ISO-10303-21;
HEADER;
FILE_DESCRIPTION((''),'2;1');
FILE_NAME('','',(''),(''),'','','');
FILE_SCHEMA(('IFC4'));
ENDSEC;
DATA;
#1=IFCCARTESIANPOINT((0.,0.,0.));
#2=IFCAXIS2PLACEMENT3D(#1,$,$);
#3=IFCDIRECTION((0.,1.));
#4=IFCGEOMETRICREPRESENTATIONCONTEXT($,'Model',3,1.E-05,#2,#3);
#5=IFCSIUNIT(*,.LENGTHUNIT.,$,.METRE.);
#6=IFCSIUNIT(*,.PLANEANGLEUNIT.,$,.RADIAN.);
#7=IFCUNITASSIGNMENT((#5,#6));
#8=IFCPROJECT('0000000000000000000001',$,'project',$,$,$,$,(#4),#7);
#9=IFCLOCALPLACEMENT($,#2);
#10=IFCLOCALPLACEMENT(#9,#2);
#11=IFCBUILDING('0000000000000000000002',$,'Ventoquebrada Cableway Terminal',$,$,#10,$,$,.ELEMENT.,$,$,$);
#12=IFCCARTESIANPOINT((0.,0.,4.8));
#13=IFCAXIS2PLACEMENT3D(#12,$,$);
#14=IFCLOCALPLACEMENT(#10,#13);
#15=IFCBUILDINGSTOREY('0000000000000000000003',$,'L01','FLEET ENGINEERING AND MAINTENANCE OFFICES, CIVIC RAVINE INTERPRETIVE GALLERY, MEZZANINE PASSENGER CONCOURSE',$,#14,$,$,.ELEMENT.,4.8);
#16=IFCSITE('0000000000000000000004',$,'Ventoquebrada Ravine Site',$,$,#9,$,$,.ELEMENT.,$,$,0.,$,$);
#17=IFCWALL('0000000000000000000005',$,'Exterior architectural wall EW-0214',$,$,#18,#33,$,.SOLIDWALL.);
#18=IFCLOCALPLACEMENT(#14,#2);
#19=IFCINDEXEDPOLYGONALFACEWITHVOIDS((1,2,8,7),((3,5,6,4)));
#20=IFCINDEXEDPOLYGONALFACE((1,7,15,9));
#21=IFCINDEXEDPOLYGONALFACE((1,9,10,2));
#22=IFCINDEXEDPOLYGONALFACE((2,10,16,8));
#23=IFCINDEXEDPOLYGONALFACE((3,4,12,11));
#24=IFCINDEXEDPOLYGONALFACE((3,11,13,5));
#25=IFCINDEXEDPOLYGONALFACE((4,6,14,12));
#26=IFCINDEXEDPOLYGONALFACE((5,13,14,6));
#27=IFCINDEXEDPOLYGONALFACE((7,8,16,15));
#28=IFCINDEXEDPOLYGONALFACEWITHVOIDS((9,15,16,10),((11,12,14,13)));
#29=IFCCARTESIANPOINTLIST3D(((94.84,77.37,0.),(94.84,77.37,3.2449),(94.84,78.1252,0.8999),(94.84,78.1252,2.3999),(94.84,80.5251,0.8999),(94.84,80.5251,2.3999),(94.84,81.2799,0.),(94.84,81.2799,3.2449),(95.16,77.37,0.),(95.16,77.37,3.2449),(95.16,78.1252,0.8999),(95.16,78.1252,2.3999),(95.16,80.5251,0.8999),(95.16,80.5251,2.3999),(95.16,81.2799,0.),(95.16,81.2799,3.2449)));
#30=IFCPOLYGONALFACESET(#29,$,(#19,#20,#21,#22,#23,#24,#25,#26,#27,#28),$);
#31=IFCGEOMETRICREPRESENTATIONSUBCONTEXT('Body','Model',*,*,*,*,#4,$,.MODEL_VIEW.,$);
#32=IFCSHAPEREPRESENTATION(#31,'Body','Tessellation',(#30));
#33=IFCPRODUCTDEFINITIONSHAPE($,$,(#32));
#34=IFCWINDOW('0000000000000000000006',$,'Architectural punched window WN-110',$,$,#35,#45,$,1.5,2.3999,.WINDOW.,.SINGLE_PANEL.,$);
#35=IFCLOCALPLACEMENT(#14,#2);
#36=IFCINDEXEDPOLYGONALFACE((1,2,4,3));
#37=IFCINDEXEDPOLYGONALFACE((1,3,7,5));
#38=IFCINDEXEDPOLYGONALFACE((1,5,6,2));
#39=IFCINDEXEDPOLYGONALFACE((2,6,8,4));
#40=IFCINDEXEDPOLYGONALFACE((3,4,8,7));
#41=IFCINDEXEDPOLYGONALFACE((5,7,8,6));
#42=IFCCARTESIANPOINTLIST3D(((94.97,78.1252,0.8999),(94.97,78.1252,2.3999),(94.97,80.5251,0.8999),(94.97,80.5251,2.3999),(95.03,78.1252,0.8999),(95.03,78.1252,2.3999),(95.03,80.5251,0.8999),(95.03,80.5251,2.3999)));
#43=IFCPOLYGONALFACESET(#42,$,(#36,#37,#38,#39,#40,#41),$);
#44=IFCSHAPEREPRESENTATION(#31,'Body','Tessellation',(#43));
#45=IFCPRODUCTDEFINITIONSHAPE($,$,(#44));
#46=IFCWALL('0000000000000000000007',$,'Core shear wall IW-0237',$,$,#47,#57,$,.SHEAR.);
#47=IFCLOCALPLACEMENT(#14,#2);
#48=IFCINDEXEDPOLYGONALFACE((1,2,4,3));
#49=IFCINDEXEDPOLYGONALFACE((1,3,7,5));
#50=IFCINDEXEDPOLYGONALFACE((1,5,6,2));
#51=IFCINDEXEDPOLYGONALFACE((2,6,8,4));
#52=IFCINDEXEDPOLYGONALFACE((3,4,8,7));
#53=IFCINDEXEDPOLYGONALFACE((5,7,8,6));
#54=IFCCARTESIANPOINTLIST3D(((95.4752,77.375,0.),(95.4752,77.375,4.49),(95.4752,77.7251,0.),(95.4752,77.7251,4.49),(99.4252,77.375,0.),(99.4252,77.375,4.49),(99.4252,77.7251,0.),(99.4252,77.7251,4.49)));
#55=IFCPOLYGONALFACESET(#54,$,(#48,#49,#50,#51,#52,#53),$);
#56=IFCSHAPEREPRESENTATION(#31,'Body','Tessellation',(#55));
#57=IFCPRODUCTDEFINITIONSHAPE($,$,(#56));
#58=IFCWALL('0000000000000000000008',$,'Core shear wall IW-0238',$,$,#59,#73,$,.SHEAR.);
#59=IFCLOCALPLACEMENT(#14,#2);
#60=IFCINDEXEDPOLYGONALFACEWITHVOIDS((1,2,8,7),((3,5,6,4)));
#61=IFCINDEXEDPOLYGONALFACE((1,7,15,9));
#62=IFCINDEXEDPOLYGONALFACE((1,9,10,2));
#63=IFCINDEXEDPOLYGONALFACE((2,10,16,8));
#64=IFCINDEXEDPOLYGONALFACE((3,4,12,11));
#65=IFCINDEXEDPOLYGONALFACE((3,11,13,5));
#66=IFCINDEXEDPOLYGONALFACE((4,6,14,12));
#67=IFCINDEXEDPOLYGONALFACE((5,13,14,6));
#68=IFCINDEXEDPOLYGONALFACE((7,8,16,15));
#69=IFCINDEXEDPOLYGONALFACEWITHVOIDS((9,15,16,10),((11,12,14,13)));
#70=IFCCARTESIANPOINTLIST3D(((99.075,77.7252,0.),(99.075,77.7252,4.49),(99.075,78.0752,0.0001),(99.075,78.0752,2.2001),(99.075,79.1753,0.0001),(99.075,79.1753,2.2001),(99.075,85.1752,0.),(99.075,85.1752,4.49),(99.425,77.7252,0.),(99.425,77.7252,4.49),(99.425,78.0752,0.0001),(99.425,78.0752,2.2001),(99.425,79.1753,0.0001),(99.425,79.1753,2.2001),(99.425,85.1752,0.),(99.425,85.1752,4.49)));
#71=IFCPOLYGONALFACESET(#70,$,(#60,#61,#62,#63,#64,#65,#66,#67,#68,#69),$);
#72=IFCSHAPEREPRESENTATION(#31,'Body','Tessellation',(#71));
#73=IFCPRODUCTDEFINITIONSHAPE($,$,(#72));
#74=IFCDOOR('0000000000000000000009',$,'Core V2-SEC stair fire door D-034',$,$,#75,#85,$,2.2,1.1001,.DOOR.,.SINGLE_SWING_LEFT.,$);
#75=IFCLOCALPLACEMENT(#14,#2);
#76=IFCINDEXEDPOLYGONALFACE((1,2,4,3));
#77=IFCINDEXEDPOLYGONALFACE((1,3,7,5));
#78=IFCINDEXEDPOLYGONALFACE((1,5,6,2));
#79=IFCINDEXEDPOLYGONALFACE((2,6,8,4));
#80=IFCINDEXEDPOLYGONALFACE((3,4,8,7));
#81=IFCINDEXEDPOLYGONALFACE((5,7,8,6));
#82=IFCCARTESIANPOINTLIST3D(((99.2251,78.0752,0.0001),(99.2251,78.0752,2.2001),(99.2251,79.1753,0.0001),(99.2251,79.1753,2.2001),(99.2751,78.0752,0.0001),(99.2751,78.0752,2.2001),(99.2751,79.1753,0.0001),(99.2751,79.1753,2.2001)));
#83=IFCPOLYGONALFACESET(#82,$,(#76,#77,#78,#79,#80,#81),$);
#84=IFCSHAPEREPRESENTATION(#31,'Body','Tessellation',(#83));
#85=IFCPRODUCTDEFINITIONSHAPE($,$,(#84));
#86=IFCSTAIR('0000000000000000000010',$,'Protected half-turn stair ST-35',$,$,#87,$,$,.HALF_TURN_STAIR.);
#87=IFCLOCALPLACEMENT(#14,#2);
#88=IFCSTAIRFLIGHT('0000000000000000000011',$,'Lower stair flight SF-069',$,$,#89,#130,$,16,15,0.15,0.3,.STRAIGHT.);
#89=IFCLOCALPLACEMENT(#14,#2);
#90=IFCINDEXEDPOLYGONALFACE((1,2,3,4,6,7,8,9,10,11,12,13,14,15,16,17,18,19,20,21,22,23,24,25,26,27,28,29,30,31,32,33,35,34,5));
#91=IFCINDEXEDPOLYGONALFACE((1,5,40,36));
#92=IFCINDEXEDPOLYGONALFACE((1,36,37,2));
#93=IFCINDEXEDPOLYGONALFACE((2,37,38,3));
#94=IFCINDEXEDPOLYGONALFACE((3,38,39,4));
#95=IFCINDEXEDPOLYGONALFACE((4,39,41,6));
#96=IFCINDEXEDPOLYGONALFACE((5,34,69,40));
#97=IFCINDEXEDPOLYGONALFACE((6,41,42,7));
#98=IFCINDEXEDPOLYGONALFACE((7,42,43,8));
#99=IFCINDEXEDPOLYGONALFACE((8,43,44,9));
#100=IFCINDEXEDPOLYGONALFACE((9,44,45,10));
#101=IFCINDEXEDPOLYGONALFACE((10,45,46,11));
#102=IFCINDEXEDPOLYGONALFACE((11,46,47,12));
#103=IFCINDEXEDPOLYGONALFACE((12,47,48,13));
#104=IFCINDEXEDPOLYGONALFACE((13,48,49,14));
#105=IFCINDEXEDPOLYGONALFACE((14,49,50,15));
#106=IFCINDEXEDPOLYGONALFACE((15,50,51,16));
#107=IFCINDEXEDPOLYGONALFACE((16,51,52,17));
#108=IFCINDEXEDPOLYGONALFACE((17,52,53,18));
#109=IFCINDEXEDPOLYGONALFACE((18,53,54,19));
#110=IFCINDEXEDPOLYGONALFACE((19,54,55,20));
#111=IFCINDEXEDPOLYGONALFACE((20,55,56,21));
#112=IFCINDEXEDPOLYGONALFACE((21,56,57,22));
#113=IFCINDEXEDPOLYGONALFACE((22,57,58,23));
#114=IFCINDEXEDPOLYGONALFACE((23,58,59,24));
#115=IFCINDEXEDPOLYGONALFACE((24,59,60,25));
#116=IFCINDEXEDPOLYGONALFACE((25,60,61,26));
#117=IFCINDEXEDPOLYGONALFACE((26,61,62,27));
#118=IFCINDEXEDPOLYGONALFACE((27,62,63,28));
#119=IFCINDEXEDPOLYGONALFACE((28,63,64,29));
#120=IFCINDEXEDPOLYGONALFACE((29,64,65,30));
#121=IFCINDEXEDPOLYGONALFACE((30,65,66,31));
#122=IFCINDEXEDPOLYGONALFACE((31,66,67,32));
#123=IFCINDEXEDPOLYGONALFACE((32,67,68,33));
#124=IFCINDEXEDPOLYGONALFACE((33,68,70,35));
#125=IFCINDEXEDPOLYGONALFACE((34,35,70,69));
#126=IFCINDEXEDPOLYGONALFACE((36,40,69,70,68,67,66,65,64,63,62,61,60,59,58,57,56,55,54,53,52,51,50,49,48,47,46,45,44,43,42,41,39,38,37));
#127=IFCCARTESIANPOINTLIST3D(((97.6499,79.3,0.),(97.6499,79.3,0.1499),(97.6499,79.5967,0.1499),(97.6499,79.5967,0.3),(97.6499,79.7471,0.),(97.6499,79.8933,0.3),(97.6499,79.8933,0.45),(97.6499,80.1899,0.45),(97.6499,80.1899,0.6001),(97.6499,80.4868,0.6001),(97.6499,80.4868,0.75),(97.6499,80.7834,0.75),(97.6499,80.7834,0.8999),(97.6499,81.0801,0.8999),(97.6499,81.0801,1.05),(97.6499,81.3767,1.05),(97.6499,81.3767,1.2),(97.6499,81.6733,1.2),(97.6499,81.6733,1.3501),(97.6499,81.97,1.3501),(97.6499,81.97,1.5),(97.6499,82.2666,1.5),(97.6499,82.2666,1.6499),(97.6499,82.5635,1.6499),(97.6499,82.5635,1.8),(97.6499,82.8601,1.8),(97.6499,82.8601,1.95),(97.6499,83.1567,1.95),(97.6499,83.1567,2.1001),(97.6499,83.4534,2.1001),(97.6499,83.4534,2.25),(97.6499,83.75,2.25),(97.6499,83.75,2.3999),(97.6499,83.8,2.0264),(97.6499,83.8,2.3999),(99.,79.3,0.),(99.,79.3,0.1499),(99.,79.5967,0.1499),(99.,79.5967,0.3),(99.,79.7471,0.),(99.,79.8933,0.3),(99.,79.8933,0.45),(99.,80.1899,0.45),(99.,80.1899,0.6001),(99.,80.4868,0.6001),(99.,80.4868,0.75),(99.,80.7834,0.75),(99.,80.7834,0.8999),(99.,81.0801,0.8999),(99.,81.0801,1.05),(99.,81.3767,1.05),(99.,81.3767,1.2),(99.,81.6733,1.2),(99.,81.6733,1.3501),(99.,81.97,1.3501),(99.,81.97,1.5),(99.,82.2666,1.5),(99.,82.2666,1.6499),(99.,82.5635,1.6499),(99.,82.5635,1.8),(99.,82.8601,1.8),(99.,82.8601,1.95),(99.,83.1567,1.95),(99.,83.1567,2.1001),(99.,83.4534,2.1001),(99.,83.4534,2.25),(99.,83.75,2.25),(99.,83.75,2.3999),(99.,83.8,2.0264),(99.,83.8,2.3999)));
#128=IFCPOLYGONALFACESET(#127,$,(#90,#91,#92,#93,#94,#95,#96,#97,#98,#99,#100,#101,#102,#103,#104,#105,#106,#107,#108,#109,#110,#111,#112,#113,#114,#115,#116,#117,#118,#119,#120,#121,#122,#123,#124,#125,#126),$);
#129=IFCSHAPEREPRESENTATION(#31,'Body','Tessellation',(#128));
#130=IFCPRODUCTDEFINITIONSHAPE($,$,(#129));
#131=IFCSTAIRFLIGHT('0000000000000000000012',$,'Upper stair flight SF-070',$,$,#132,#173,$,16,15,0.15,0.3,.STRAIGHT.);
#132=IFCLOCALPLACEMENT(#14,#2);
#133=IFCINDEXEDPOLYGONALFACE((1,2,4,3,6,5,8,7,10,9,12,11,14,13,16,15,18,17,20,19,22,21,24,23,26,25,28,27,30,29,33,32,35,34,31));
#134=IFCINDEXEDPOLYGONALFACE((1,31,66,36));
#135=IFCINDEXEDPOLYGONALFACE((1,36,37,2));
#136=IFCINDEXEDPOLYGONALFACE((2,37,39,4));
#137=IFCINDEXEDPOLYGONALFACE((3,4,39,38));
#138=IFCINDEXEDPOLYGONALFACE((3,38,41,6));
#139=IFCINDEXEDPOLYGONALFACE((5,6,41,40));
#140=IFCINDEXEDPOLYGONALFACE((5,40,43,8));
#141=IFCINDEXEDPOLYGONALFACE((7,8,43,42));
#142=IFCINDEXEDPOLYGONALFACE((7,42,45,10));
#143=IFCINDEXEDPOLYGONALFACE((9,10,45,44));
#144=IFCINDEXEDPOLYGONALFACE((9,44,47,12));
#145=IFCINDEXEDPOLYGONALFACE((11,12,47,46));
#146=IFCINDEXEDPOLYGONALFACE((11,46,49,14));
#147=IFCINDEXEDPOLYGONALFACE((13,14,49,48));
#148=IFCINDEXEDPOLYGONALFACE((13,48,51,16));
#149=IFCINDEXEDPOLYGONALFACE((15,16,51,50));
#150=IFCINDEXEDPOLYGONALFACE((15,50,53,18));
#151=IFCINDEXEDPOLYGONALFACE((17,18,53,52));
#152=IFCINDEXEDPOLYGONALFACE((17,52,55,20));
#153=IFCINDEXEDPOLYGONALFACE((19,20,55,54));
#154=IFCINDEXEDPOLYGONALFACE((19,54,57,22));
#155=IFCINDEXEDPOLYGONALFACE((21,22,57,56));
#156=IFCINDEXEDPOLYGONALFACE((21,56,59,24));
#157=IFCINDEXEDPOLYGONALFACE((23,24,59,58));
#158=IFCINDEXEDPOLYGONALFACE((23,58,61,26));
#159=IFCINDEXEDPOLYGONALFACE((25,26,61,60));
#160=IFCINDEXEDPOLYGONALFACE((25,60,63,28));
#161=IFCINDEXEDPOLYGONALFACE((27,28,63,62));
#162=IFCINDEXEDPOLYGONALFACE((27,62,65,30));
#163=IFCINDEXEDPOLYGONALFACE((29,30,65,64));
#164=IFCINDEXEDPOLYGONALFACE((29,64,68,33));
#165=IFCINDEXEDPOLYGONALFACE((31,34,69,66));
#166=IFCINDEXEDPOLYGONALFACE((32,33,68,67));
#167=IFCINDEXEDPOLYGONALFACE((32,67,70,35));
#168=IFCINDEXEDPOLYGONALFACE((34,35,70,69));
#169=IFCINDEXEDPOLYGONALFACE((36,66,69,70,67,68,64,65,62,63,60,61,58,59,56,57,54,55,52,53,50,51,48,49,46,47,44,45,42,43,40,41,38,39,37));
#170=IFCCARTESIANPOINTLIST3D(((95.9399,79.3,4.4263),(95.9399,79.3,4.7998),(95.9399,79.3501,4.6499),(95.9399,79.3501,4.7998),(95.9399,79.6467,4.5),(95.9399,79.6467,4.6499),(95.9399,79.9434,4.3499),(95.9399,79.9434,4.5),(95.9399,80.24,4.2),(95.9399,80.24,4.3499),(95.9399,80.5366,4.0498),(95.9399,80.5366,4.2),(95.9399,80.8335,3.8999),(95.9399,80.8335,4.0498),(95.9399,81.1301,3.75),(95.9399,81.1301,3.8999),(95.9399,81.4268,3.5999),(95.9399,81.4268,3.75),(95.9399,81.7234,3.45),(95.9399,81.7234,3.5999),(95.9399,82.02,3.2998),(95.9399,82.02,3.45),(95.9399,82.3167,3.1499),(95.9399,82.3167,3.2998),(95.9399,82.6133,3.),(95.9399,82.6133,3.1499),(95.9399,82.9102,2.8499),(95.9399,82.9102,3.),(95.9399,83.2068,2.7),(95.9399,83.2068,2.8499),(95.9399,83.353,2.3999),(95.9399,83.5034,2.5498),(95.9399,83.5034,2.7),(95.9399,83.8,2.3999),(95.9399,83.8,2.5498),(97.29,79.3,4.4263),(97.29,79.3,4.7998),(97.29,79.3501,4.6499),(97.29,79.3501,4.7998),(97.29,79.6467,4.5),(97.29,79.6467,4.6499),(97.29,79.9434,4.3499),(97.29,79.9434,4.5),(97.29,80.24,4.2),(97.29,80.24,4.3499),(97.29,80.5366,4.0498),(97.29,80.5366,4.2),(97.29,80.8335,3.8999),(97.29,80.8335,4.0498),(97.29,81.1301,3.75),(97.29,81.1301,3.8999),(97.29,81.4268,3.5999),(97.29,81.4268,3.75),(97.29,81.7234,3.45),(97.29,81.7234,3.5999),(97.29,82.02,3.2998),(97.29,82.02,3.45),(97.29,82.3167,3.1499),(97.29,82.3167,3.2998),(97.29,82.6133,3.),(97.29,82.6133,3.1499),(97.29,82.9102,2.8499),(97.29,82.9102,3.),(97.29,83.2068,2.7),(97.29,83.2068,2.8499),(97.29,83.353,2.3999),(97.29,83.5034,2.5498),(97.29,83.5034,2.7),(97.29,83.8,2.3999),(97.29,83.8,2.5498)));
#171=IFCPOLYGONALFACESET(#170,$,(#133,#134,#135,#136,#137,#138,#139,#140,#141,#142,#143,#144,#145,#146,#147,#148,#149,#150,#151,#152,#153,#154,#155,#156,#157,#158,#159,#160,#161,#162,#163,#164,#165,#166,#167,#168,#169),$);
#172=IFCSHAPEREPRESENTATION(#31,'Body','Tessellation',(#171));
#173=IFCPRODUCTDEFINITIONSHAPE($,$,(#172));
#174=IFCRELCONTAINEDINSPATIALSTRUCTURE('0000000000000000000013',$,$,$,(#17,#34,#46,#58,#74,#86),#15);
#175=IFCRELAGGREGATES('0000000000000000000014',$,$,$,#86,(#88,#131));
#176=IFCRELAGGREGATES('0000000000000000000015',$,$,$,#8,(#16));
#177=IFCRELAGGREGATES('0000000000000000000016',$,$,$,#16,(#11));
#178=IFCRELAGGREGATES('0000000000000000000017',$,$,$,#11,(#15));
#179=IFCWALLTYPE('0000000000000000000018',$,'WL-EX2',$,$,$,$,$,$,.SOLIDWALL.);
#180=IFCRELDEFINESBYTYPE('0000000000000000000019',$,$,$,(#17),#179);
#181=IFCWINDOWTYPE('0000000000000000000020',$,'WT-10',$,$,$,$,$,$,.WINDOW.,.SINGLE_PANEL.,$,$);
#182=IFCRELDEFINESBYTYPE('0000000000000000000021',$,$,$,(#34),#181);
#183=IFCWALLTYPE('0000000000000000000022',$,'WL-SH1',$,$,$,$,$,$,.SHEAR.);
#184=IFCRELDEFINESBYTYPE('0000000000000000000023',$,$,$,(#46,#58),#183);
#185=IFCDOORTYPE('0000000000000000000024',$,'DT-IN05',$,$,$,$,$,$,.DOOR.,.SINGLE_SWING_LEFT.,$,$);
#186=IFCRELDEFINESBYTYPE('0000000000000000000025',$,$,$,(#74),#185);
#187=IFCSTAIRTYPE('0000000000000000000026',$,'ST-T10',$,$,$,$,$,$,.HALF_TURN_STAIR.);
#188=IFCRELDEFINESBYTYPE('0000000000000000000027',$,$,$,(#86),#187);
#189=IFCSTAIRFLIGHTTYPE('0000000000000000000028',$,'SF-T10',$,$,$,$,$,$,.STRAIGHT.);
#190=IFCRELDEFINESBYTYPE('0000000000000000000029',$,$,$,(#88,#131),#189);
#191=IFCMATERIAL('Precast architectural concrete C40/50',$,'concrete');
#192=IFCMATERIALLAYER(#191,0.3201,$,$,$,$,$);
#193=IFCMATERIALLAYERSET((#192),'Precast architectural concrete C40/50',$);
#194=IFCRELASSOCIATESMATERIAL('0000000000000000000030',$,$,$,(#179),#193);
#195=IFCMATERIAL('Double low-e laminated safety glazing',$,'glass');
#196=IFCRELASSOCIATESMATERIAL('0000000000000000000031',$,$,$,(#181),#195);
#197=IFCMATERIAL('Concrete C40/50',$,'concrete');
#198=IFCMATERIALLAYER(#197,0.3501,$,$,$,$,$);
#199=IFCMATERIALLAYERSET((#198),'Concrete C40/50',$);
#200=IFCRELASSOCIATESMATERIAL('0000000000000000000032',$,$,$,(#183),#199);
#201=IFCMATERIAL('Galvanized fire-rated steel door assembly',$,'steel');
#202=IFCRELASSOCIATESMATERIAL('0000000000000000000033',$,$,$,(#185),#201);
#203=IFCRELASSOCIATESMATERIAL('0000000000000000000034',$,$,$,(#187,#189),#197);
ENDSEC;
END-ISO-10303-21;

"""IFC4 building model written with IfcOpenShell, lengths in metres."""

from ifc_helpers import new_model, si_unit, direction, frame, frame_2d, origin, place, context, subcontext, project, spatial, polyline, rectangle, outline, extrude, material, layer, layer_set, type_object, element, fill, aggregate, save


model = new_model("IFC4")

# Units and contexts
model_context = context("Model", 3, precision=1e-05, world=origin(), true_north=direction((0.0, 1.0)))
body_context = subcontext(model_context, "Body", "Model", "MODEL_VIEW")
ifc_project = project(units=[si_unit("LENGTHUNIT", "METRE"), si_unit("PLANEANGLEUNIT", "RADIAN")], contexts=[model_context])

# Site, building, storey
site_placement = place(None, origin())
site = spatial("IfcSite", under=ifc_project, at=site_placement, Name="Ventoquebrada Ravine Site", CompositionType="ELEMENT", RefElevation=0.0)
building_placement = place(site_placement, origin())
building = spatial("IfcBuilding", under=site, at=building_placement, Name="Ventoquebrada Cableway Terminal", CompositionType="ELEMENT")
storey_placement = place(building_placement, frame((0.0, 0.0, 4.8)))
storey = spatial("IfcBuildingStorey", under=building, at=storey_placement, Name="L01", Description="FLEET ENGINEERING AND MAINTENANCE OFFICES, CIVIC RAVINE INTERPRETIVE GALLERY, MEZZANINE PASSENGER CONCOURSE", CompositionType="ELEMENT", Elevation=4.8)

# Shared definitions
ifc_material_1 = material(Name="Concrete C40/50", Category="concrete")

# Wall, opening, window
ifc_material_2 = material(Name="Precast architectural concrete C40/50", Category="concrete")
ifc_material_3 = material(Name="Double low-e laminated safety glazing", Category="glass")
ifc_layer_1 = layer(ifc_material_2, 0.3201)
ifc_layer_set_1 = layer_set([ifc_layer_1], Name="Precast architectural concrete C40/50")
wall_type_1 = type_object("IfcWallType", Name="WL-EX2", PredefinedType="SOLIDWALL", material=ifc_layer_set_1)
wall_1_placement = place(storey_placement, frame((95.0, 81.28, 0.0), z_axis=(0.0, 0.0, 1.0), x_axis=(0.0, -1.0, 0.0)))
wall_1 = element("IfcWall", 1, at=wall_1_placement, inside=storey, type_object=wall_type_1, Name="Exterior architectural wall EW-0214", PredefinedType="SOLIDWALL", context=body_context, shape_type="SweptSolid", body=[
    extrude(rectangle(XDim=3.9099, YDim=0.3201, at=frame_2d((1.9551, 0.0))), origin(), (0.0, 0.0, 1.0), 3.2449),
])
opening_1_placement = place(wall_1_placement, frame((0.7549, 0.0, 0.8999)))
opening_1 = element("IfcOpeningElement", 2, at=opening_1_placement, cuts=wall_1, PredefinedType="OPENING", context=body_context, shape_type="SweptSolid", body=[
    extrude(rectangle(XDim=2.3999, YDim=1.5, at=frame_2d((1.2, 0.75))), frame((0.0, 0.1699, 0.0), z_axis=(0.0, -1.0, 0.0), x_axis=(1.0, 0.0, 0.0)), (0.0, 0.0, 1.0), 0.3401),
])
window_type_1 = type_object("IfcWindowType", Name="WT-10", PartitioningType="SINGLE_PANEL", PredefinedType="WINDOW", material=ifc_material_3)
window_1_placement = place(opening_1_placement, origin())
window_1 = element("IfcWindow", 3, at=window_1_placement, inside=storey, type_object=window_type_1, Name="Architectural punched window WN-110", OverallHeight=1.5, OverallWidth=2.3999, PartitioningType="SINGLE_PANEL", PredefinedType="WINDOW", context=body_context, shape_type="SweptSolid", body=[
    extrude(rectangle(XDim=2.3999, YDim=1.5, at=frame_2d((1.2, 0.75))), frame((0.0, 0.03, 0.0), z_axis=(0.0, -1.0, 0.0), x_axis=(1.0, 0.0, 0.0)), (0.0, 0.0, 1.0), 0.0601),
])
fill(opening_1, window_1)

# Wall
ifc_layer_2 = layer(ifc_material_1, 0.3501)
ifc_layer_set_2 = layer_set([ifc_layer_2], Name="Concrete C40/50")
wall_type_2 = type_object("IfcWallType", Name="WL-SH1", PredefinedType="SHEAR", material=ifc_layer_set_2)
wall_2_placement = place(storey_placement, frame((95.4751, 77.55, 0.0), z_axis=(0.0, 0.0, 1.0), x_axis=(1.0, 0.0, 0.0)))
element("IfcWall", 4, at=wall_2_placement, inside=storey, type_object=wall_type_2, Name="Core shear wall IW-0237", PredefinedType="SHEAR", context=body_context, shape_type="SweptSolid", body=[
    extrude(rectangle(XDim=3.95, YDim=0.3501, at=frame_2d((1.9751, 0.0))), origin(), (0.0, 0.0, 1.0), 4.49),
])

# Wall, opening, door
wall_3_placement = place(storey_placement, frame((99.25, 77.7251, 0.0), z_axis=(0.0, 0.0, 1.0), x_axis=(0.0, 1.0, 0.0)))
wall_3 = element("IfcWall", 5, at=wall_3_placement, inside=storey, type_object=wall_type_2, Name="Core shear wall IW-0238", PredefinedType="SHEAR", context=body_context, shape_type="SweptSolid", body=[
    extrude(rectangle(XDim=7.45, YDim=0.3501, at=frame_2d((3.7251, 0.0))), origin(), (0.0, 0.0, 1.0), 4.49),
])
opening_2_placement = place(wall_3_placement, frame((0.3501, 0.0, 0.0)))
opening_2 = element("IfcOpeningElement", 6, at=opening_2_placement, cuts=wall_3, PredefinedType="OPENING", context=body_context, shape_type="SweptSolid", body=[
    extrude(rectangle(XDim=1.1001, YDim=2.2, at=frame_2d((0.55, 1.1001))), frame((0.0, 0.1851, 0.0), z_axis=(0.0, -1.0, 0.0), x_axis=(1.0, 0.0, 0.0)), (0.0, 0.0, 1.0), 0.3701),
])
ifc_material_4 = material(Name="Galvanized fire-rated steel door assembly", Category="steel")
door_type = type_object("IfcDoorType", Name="DT-IN05", OperationType="SINGLE_SWING_LEFT", PredefinedType="DOOR", material=ifc_material_4)
door_placement = place(opening_2_placement, origin())
door = element("IfcDoor", 7, at=door_placement, inside=storey, type_object=door_type, Name="Core V2-SEC stair fire door D-034", OperationType="SINGLE_SWING_LEFT", OverallHeight=2.2, OverallWidth=1.1001, PredefinedType="DOOR", context=body_context, shape_type="SweptSolid", body=[
    extrude(rectangle(XDim=1.1001, YDim=2.2, at=frame_2d((0.55, 1.1001))), frame((0.0, 0.0249, 0.0), z_axis=(0.0, -1.0, 0.0), x_axis=(1.0, 0.0, 0.0)), (0.0, 0.0, 1.0), 0.05),
])
fill(opening_2, door)

# Stair, stair flights
stair_type = type_object("IfcStairType", Name="ST-T10", PredefinedType="HALF_TURN_STAIR", material=ifc_material_1)
stair_placement = place(storey_placement, origin())
stair = element("IfcStair", 8, at=stair_placement, inside=storey, type_object=stair_type, Name="Protected half-turn stair ST-35", PredefinedType="HALF_TURN_STAIR")
stair_flight_type = type_object("IfcStairFlightType", Name="SF-T10", PredefinedType="STRAIGHT", material=ifc_material_1)
stair_flight_1_placement = place(storey_placement, frame((98.325, 79.3, 0.0), z_axis=(0.0, 0.0, 1.0), x_axis=(0.0, 1.0, 0.0)))
stair_flight_1 = element("IfcStairFlight", 9, at=stair_flight_1_placement, type_object=stair_flight_type, Name="Lower stair flight SF-069", NumberOfRisers=16, NumberOfTreads=15, PredefinedType="STRAIGHT", RiserHeight=0.15, TreadLength=0.3, context=body_context, shape_type="SweptSolid", body=[
    extrude(outline(polyline([(0.0, 0.0), (0.0, 0.1499), (0.2966, 0.1499), (0.2966, 0.3), (0.5933, 0.3), (0.5933, 0.45), (0.8899, 0.45), (0.8899, 0.6001), (1.1868, 0.6001), (1.1868, 0.75), (1.4834, 0.75), (1.4834, 0.8999), (1.78, 0.8999), (1.78, 1.05), (2.0767, 1.05), (2.0767, 1.2), (2.3733, 1.2), (2.3733, 1.3501), (2.6699, 1.3501), (2.6699, 1.5), (2.9666, 1.5), (2.9666, 1.6499), (3.2634, 1.6499), (3.2634, 1.8), (3.5601, 1.8), (3.5601, 1.95), (3.8567, 1.95), (3.8567, 2.1001), (4.1533, 2.1001), (4.1533, 2.25), (4.45, 2.25), (4.45, 2.3999), (4.5, 2.3999), (4.5, 2.0264), (0.447, 0.0), (0.0, 0.0)])), frame((0.0, 0.675, 0.0), z_axis=(0.0, -1.0, 0.0), x_axis=(1.0, 0.0, 0.0)), (0.0, 0.0, 1.0), 1.3501),
])
stair_flight_2_placement = place(storey_placement, frame((96.615, 83.8, 2.3999), z_axis=(0.0, 0.0, 1.0), x_axis=(0.0, -1.0, 0.0)))
stair_flight_2 = element("IfcStairFlight", 10, at=stair_flight_2_placement, type_object=stair_flight_type, Name="Upper stair flight SF-070", NumberOfRisers=16, NumberOfTreads=15, PredefinedType="STRAIGHT", RiserHeight=0.15, TreadLength=0.3, context=body_context, shape_type="SweptSolid", body=[
    extrude(outline(polyline([(0.0, 0.0), (0.0, 0.1499), (0.2966, 0.1499), (0.2966, 0.3), (0.5933, 0.3), (0.5933, 0.45), (0.8899, 0.45), (0.8899, 0.6001), (1.1868, 0.6001), (1.1868, 0.75), (1.4834, 0.75), (1.4834, 0.8999), (1.78, 0.8999), (1.78, 1.05), (2.0767, 1.05), (2.0767, 1.2), (2.3733, 1.2), (2.3733, 1.3501), (2.6699, 1.3501), (2.6699, 1.5), (2.9666, 1.5), (2.9666, 1.6499), (3.2634, 1.6499), (3.2634, 1.8), (3.5601, 1.8), (3.5601, 1.95), (3.8567, 1.95), (3.8567, 2.1001), (4.1533, 2.1001), (4.1533, 2.25), (4.45, 2.25), (4.45, 2.3999), (4.5, 2.3999), (4.5, 2.0264), (0.447, 0.0), (0.0, 0.0)])), frame((0.0, 0.675, 0.0), z_axis=(0.0, -1.0, 0.0), x_axis=(1.0, 0.0, 0.0)), (0.0, 0.0, 1.0), 1.3501),
])
aggregate(stair, [stair_flight_1, stair_flight_2])

save(model, "model.ifc")
